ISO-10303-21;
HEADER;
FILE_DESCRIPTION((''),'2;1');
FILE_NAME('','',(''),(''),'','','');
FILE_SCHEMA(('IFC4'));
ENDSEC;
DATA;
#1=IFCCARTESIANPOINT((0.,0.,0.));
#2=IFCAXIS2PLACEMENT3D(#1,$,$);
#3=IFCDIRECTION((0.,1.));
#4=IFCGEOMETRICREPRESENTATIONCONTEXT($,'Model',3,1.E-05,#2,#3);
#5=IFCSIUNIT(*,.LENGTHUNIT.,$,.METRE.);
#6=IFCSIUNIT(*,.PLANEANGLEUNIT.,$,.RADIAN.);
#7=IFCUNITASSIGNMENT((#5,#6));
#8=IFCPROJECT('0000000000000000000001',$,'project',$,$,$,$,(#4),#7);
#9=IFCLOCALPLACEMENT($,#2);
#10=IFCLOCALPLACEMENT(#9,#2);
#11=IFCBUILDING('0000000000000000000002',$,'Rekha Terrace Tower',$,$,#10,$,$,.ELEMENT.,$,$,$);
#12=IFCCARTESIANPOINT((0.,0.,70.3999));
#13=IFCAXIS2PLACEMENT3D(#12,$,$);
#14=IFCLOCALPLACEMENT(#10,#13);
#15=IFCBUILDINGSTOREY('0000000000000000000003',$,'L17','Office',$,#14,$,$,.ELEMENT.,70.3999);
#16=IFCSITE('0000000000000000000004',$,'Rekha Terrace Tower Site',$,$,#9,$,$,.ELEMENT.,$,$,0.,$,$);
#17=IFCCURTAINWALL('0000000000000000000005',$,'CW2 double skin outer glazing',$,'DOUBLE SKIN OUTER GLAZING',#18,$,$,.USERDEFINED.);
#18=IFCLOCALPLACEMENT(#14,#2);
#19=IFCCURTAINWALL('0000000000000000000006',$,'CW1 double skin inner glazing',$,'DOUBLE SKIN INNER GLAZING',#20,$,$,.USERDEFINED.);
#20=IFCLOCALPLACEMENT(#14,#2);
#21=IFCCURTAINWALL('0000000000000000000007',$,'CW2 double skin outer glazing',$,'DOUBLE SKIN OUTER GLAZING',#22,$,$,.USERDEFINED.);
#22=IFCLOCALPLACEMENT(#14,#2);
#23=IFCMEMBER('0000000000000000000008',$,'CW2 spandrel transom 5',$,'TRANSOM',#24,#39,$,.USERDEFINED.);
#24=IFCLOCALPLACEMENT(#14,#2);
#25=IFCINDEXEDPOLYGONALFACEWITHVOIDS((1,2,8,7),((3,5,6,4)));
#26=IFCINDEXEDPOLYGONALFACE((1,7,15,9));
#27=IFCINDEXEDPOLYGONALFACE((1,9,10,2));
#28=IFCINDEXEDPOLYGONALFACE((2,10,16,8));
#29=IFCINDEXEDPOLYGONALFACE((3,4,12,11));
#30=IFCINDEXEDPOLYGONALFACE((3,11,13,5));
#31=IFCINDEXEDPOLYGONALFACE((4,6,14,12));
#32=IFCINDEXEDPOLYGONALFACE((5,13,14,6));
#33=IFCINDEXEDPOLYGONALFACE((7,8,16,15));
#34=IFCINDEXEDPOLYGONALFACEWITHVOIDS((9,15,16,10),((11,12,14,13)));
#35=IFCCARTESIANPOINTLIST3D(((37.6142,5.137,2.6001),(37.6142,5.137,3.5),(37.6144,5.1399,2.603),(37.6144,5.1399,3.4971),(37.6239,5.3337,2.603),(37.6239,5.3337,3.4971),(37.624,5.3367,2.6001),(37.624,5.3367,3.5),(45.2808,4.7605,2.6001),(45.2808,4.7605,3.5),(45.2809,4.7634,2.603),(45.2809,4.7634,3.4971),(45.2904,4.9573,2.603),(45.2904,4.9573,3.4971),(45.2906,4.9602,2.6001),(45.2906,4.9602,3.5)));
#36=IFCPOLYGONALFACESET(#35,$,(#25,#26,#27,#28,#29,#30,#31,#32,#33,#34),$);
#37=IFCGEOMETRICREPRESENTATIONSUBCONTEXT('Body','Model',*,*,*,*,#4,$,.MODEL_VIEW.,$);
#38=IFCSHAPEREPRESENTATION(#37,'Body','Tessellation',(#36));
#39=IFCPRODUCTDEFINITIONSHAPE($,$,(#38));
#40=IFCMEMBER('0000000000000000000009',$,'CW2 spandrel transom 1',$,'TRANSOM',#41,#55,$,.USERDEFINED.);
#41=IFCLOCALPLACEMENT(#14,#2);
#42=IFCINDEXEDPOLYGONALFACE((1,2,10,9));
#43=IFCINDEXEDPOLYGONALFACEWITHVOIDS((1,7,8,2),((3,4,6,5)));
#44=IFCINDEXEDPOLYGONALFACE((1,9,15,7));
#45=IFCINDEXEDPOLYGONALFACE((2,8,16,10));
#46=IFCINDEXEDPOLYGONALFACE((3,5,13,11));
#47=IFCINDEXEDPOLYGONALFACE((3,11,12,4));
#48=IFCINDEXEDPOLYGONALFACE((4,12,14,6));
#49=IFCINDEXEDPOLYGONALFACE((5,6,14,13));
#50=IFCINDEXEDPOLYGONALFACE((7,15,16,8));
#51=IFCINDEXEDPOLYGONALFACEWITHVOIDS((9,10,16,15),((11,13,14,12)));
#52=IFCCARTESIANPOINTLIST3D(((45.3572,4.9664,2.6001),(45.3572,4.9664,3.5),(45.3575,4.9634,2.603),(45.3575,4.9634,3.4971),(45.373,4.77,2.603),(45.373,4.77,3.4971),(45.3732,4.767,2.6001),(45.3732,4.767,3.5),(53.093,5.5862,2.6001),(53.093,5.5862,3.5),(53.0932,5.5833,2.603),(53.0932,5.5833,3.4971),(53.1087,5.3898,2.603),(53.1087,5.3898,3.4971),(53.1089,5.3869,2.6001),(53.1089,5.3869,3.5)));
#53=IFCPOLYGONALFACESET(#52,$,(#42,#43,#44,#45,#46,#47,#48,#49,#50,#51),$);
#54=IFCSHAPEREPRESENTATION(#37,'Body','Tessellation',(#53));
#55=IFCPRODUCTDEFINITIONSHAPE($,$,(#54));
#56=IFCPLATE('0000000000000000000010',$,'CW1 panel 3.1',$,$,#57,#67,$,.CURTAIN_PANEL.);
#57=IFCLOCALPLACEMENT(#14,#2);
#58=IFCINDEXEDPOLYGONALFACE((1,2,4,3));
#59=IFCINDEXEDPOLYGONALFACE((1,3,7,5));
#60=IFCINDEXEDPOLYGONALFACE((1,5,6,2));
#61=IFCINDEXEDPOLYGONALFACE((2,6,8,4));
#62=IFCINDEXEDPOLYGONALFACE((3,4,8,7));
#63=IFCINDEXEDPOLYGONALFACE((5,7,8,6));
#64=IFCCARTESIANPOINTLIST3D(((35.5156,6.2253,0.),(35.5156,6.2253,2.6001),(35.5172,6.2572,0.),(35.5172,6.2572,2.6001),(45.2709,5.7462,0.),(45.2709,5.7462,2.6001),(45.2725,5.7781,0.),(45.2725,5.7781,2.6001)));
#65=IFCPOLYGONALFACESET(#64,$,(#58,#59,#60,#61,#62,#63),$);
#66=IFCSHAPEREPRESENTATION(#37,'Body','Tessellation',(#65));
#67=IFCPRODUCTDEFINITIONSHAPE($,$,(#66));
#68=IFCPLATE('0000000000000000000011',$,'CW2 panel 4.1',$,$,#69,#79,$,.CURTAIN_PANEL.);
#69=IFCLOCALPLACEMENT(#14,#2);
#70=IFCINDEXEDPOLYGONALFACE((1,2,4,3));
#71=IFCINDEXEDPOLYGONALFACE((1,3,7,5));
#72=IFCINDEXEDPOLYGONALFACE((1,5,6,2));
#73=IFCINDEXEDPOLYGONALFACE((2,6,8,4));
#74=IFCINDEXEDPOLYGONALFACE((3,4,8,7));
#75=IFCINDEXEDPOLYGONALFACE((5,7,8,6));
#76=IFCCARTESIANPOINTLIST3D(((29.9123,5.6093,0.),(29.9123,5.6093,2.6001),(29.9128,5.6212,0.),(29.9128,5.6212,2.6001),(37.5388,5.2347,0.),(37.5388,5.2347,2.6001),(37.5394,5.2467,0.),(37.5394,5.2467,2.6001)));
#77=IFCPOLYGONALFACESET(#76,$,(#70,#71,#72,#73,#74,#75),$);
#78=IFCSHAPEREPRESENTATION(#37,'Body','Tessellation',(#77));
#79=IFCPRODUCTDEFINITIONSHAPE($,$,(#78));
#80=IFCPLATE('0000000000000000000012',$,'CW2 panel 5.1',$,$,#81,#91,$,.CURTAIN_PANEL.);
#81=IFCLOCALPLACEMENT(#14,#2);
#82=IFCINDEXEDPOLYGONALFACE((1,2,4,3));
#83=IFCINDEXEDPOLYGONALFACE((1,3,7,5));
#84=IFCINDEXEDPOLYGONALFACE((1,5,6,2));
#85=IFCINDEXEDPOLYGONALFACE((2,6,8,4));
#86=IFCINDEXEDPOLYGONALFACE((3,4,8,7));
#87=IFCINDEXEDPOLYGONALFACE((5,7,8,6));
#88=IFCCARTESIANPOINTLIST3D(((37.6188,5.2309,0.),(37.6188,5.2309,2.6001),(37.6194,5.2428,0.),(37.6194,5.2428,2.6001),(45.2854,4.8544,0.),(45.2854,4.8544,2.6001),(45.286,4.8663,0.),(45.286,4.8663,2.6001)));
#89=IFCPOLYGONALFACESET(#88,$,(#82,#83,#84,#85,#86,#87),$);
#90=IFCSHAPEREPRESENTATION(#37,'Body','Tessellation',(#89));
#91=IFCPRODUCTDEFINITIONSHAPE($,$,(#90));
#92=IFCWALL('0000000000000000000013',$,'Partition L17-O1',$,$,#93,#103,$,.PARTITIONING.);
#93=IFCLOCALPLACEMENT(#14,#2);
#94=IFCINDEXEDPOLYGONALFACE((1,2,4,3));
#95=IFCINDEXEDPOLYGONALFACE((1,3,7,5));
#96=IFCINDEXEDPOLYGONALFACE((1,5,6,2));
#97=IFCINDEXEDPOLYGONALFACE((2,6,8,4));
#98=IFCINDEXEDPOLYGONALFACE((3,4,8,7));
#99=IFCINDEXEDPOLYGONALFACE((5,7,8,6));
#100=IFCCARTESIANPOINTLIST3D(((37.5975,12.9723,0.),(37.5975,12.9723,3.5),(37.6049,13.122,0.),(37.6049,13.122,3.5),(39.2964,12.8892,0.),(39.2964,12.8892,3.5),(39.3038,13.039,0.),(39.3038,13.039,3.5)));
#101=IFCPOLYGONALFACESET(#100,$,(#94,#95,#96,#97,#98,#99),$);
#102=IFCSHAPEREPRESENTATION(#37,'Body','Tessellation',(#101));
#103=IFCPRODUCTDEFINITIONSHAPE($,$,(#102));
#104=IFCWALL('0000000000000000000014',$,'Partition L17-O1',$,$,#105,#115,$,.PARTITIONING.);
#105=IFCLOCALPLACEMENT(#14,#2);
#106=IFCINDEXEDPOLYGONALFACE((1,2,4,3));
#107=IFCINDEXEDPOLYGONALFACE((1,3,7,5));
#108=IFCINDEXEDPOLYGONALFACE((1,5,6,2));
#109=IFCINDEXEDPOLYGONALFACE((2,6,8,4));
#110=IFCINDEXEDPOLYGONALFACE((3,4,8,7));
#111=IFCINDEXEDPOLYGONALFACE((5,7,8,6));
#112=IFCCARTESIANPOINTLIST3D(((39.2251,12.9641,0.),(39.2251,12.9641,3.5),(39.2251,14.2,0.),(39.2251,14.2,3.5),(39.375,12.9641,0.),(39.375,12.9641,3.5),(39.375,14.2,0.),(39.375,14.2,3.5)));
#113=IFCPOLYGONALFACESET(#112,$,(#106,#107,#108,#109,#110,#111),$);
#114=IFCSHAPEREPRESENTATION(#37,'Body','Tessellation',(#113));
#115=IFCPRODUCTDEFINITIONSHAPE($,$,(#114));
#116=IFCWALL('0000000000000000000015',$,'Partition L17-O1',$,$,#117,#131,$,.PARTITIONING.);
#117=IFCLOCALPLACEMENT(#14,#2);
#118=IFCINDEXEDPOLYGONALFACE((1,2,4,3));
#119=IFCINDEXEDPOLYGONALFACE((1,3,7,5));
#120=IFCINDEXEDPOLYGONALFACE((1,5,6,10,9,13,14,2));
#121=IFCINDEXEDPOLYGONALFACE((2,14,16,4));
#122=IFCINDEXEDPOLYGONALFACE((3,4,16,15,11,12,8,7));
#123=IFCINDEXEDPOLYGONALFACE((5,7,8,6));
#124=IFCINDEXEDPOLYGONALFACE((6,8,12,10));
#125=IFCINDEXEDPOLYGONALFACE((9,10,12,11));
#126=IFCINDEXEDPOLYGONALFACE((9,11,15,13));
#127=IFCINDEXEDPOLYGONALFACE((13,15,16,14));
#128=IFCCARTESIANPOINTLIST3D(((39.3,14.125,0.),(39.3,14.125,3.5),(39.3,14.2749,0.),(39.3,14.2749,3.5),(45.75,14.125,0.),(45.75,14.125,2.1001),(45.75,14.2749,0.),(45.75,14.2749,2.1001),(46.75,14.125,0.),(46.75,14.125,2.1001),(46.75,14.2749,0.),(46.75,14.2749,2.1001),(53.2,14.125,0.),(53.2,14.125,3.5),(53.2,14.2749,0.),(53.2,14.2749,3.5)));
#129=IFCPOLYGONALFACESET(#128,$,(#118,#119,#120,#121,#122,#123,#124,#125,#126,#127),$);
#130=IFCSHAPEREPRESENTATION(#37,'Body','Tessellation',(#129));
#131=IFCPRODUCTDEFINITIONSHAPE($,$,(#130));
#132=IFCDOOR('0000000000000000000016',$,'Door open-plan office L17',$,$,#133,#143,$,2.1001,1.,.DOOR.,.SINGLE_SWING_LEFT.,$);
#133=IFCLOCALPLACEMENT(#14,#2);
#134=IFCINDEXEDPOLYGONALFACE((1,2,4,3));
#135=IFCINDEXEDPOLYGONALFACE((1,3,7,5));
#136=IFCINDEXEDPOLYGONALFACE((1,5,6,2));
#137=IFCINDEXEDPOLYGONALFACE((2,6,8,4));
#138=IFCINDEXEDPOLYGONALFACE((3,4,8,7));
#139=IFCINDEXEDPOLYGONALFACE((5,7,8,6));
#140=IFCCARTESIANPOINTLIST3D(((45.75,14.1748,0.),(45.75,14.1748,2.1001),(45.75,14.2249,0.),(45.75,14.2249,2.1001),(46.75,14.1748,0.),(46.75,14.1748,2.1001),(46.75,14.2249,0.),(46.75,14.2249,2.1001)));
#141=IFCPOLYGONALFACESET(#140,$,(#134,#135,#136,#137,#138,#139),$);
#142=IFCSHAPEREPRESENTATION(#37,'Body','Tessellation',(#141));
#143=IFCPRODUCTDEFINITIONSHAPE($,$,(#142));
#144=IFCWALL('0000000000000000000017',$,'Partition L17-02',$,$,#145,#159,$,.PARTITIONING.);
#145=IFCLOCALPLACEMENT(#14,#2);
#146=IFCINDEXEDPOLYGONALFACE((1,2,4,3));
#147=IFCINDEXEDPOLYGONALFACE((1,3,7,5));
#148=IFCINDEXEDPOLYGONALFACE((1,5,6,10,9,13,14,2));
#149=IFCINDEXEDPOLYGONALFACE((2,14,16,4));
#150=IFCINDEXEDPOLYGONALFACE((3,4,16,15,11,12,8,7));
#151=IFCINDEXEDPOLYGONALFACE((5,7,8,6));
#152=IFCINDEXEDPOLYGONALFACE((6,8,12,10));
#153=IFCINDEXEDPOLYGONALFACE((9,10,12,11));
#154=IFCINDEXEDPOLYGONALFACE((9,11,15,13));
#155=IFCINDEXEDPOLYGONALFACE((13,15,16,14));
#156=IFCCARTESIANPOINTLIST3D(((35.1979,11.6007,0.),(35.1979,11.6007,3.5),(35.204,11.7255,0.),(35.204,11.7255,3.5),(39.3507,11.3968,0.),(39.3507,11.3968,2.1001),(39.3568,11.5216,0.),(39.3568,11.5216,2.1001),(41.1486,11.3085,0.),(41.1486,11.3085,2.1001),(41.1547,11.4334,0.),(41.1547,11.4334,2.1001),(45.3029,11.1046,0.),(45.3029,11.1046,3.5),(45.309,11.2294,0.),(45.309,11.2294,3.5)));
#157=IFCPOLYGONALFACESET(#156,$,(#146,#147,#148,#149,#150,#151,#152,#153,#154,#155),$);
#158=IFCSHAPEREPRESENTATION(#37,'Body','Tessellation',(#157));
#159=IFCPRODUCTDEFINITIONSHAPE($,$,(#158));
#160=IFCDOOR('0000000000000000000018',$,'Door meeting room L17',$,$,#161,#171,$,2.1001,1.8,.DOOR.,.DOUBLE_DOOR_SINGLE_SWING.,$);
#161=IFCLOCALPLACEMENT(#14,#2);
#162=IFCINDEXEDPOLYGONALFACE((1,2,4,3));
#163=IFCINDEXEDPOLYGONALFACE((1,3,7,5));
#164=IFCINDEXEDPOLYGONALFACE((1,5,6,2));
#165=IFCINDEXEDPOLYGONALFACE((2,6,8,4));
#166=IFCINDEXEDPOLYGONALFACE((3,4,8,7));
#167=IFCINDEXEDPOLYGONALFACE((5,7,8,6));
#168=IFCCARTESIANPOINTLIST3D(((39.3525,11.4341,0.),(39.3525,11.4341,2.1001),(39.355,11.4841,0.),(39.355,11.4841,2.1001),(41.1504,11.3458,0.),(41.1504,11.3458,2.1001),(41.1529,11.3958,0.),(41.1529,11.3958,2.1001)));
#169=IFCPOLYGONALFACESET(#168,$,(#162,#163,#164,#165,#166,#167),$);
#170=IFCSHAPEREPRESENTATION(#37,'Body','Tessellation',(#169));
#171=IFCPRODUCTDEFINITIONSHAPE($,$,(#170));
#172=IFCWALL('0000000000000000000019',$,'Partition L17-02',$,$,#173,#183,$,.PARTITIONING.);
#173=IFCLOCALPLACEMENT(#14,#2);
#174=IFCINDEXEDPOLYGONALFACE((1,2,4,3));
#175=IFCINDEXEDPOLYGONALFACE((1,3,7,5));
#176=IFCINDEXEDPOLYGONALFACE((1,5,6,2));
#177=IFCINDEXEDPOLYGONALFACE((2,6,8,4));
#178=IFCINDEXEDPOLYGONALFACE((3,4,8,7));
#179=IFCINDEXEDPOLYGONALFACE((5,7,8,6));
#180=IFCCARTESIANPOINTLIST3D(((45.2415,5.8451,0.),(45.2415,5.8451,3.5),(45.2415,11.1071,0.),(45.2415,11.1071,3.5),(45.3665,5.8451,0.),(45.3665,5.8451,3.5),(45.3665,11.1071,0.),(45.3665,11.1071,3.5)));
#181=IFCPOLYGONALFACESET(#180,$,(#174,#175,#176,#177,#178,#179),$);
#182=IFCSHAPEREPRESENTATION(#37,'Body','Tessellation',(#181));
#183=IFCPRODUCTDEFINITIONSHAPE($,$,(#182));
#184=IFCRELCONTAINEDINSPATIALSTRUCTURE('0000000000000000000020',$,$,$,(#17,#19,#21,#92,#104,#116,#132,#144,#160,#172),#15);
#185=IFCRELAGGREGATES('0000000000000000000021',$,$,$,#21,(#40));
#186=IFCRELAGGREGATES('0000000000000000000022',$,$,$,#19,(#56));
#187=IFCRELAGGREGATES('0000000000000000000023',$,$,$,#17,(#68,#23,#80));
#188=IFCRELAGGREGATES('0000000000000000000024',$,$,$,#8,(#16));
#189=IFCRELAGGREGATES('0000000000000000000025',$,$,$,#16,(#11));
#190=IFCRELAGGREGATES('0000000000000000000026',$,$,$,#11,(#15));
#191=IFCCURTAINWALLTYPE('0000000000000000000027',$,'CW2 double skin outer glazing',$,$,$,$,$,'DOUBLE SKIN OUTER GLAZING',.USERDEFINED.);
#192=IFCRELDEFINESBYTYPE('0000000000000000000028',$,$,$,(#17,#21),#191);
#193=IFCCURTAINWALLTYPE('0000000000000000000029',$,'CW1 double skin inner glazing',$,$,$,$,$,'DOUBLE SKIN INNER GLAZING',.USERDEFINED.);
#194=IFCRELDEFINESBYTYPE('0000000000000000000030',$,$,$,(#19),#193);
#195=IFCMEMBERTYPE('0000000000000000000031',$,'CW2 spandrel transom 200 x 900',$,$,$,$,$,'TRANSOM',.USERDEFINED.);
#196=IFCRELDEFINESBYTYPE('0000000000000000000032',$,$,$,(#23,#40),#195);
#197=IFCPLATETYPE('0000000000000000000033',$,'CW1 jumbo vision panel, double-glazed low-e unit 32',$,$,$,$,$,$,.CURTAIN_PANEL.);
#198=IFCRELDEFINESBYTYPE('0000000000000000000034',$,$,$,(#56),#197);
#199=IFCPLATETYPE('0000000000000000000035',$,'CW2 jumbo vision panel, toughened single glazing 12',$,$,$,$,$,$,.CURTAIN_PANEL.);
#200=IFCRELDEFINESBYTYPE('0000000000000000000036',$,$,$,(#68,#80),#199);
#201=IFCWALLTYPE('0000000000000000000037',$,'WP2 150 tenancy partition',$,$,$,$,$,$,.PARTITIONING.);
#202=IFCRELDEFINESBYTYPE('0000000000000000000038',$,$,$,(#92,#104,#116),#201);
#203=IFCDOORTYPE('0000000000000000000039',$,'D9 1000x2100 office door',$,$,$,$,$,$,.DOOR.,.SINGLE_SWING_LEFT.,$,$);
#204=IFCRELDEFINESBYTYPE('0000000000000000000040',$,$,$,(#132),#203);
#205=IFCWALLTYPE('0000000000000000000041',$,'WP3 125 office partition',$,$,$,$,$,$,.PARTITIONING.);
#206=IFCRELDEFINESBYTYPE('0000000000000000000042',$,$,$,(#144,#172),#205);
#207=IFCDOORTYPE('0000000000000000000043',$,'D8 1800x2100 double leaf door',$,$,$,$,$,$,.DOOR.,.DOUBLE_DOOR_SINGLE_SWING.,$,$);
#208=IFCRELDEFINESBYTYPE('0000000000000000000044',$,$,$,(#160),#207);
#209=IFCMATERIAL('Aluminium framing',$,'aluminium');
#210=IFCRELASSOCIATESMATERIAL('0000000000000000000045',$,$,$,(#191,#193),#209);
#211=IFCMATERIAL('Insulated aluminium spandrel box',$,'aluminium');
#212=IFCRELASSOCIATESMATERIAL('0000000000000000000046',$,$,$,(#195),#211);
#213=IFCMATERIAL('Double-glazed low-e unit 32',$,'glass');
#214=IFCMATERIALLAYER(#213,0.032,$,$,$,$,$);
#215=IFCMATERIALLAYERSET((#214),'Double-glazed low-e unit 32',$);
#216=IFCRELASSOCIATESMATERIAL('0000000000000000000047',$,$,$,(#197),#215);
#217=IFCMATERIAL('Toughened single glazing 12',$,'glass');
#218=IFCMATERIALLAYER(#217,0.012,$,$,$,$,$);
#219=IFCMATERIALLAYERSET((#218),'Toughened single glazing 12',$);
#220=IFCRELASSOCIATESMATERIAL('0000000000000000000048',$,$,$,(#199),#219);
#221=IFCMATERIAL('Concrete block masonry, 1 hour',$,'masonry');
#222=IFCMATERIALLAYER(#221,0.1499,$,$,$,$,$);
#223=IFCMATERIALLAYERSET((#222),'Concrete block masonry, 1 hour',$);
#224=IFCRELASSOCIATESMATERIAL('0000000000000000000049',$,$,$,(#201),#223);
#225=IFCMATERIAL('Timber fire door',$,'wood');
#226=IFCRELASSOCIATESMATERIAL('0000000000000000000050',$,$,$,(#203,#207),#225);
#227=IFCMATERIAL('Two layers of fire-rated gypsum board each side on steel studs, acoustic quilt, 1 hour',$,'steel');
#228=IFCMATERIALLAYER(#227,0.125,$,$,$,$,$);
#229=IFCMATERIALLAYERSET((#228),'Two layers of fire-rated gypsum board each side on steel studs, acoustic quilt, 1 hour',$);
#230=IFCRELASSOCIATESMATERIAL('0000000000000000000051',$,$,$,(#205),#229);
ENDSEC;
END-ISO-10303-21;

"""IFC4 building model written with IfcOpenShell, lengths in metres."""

from ifc_helpers import new_model, si_unit, direction, frame, frame_2d, origin, origin_2d, place, context, subcontext, project, spatial, rectangle, hollow_rectangle, extrude, material, layer, layer_set, material_profile, profile_set, type_object, element, fill, aggregate, save


model = new_model("IFC4")

# Units and contexts
model_context = context("Model", 3, precision=1e-05, world=origin(), true_north=direction((0.0, 1.0)))
body_context = subcontext(model_context, "Body", "Model", "MODEL_VIEW")
ifc_project = project(units=[si_unit("LENGTHUNIT", "METRE"), si_unit("PLANEANGLEUNIT", "RADIAN")], contexts=[model_context])

# Site, building, storey
site_placement = place(None, origin())
site = spatial("IfcSite", under=ifc_project, at=site_placement, Name="Rekha Terrace Tower Site", CompositionType="ELEMENT", RefElevation=0.0)
building_placement = place(site_placement, origin())
building = spatial("IfcBuilding", under=site, at=building_placement, Name="Rekha Terrace Tower", CompositionType="ELEMENT")
storey_placement = place(building_placement, frame((0.0, 0.0, 70.3999)))
storey = spatial("IfcBuildingStorey", under=building, at=storey_placement, Name="L17", Description="Office", CompositionType="ELEMENT", Elevation=70.3999)

# Curtain walls
ifc_material_1 = material(Name="Aluminium framing", Category="aluminium")
curtain_wall_type_1 = type_object("IfcCurtainWallType", Name="CW2 double skin outer glazing", ElementType="DOUBLE SKIN OUTER GLAZING", PredefinedType="USERDEFINED", material=ifc_material_1)
curtain_wall_1_placement = place(storey_placement, origin())
curtain_wall_1 = element("IfcCurtainWall", 1, at=curtain_wall_1_placement, inside=storey, type_object=curtain_wall_type_1, Name="CW2 double skin outer glazing", ObjectType="DOUBLE SKIN OUTER GLAZING", PredefinedType="USERDEFINED")
curtain_wall_type_2 = type_object("IfcCurtainWallType", Name="CW1 double skin inner glazing", ElementType="DOUBLE SKIN INNER GLAZING", PredefinedType="USERDEFINED", material=ifc_material_1)
curtain_wall_2_placement = place(storey_placement, origin())
curtain_wall_2 = element("IfcCurtainWall", 2, at=curtain_wall_2_placement, inside=storey, type_object=curtain_wall_type_2, Name="CW1 double skin inner glazing", ObjectType="DOUBLE SKIN INNER GLAZING", PredefinedType="USERDEFINED")

# Shared definitions
ifc_material_2 = material(Name="Insulated aluminium spandrel box", Category="aluminium")

# Curtain wall
curtain_wall_3_placement = place(storey_placement, origin())
curtain_wall_3 = element("IfcCurtainWall", 3, at=curtain_wall_3_placement, inside=storey, type_object=curtain_wall_type_1, Name="CW2 double skin outer glazing", ObjectType="DOUBLE SKIN OUTER GLAZING", PredefinedType="USERDEFINED")

# Members
ifc_material_profile_1 = material_profile(ifc_material_2, hollow_rectangle(XDim=0.2, YDim=0.8999, WallThickness=0.0029, at=origin_2d()), Name="AL SPANDREL BOX 200x900")
ifc_profile_set_1 = profile_set([ifc_material_profile_1], Name="Insulated aluminium spandrel box")
member_type_1 = type_object("IfcMemberType", Name="CW2 spandrel transom 200 x 900", ElementType="TRANSOM", PredefinedType="USERDEFINED", material=ifc_profile_set_1)
member_1_placement = place(storey_placement, frame((37.6191, 5.2368, 3.05), z_axis=(0.998797, -0.049046, 0.0), x_axis=(0.049046, 0.998797, 0.0)))
member_1 = element("IfcMember", 4, at=member_1_placement, type_object=member_type_1, Name="CW2 spandrel transom 5", ObjectType="TRANSOM", PredefinedType="USERDEFINED", context=body_context, shape_type="SweptSolid", body=[
    extrude(hollow_rectangle(XDim=0.2, YDim=0.8999, WallThickness=0.0029, at=origin_2d()), origin(), (0.0, 0.0, 1.0), 7.6758),
])
member_2_placement = place(storey_placement, frame((45.3652, 4.8667, 3.05), z_axis=(0.996805, 0.079877, 0.0), x_axis=(-0.079877, 0.996805, 0.0)))
member_2 = element("IfcMember", 5, at=member_2_placement, type_object=member_type_1, Name="CW2 spandrel transom 1", ObjectType="TRANSOM", PredefinedType="USERDEFINED", context=body_context, shape_type="SweptSolid", body=[
    extrude(hollow_rectangle(XDim=0.2, YDim=0.8999, WallThickness=0.0029, at=origin_2d()), origin(), (0.0, 0.0, 1.0), 7.7605),
])
aggregate(curtain_wall_3, [member_2])

# Plates
ifc_material_3 = material(Name="Double-glazed low-e unit 32", Category="glass")
ifc_layer_1 = layer(ifc_material_3, 0.032)
ifc_layer_set_1 = layer_set([ifc_layer_1], Name="Double-glazed low-e unit 32")
plate_type_1 = type_object("IfcPlateType", Name="CW1 jumbo vision panel, double-glazed low-e unit 32", PredefinedType="CURTAIN_PANEL", material=ifc_layer_set_1)
plate_1_placement = place(storey_placement, frame((40.394, 6.0017, 0.0), z_axis=(0.0, 0.0, 1.0), x_axis=(0.998796, -0.049052, 0.0)))
plate_1 = element("IfcPlate", 6, at=plate_1_placement, type_object=plate_type_1, Name="CW1 panel 3.1", PredefinedType="CURTAIN_PANEL", context=body_context, shape_type="SweptSolid", body=[
    extrude(rectangle(XDim=9.7671, YDim=0.032, at=origin_2d()), origin(), (0.0, 0.0, 1.0), 2.6001),
])
aggregate(curtain_wall_2, [plate_1])
ifc_material_4 = material(Name="Toughened single glazing 12", Category="glass")
ifc_layer_2 = layer(ifc_material_4, 0.012)
ifc_layer_set_2 = layer_set([ifc_layer_2], Name="Toughened single glazing 12")
plate_type_2 = type_object("IfcPlateType", Name="CW2 jumbo vision panel, toughened single glazing 12", PredefinedType="CURTAIN_PANEL", material=ifc_layer_set_2)
plate_2_placement = place(storey_placement, frame((33.7258, 5.428, 0.0), z_axis=(0.0, 0.0, 1.0), x_axis=(0.998796, -0.049052, 0.0)))
plate_2 = element("IfcPlate", 7, at=plate_2_placement, type_object=plate_type_2, Name="CW2 panel 4.1", PredefinedType="CURTAIN_PANEL", context=body_context, shape_type="SweptSolid", body=[
    extrude(rectangle(XDim=7.6357, YDim=0.012, at=origin_2d()), origin(), (0.0, 0.0, 1.0), 2.6001),
])
plate_3_placement = place(storey_placement, frame((41.4524, 5.0486, 0.0), z_axis=(0.0, 0.0, 1.0), x_axis=(0.998796, -0.049052, 0.0)))
plate_3 = element("IfcPlate", 8, at=plate_3_placement, type_object=plate_type_2, Name="CW2 panel 5.1", PredefinedType="CURTAIN_PANEL", context=body_context, shape_type="SweptSolid", body=[
    extrude(rectangle(XDim=7.6758, YDim=0.012, at=origin_2d()), origin(), (0.0, 0.0, 1.0), 2.6001),
])
aggregate(curtain_wall_1, [plate_2, member_1, plate_3])

# Walls
ifc_material_5 = material(Name="Concrete block masonry, 1 hour", Category="masonry")
ifc_layer_3 = layer(ifc_material_5, 0.1499)
ifc_layer_set_3 = layer_set([ifc_layer_3], Name="Concrete block masonry, 1 hour")
wall_type_1 = type_object("IfcWallType", Name="WP2 150 tenancy partition", PredefinedType="PARTITIONING", material=ifc_layer_set_3)
wall_1_placement = place(storey_placement, frame((37.6011, 13.0471, 0.0), z_axis=(0.0, 0.0, 1.0), x_axis=(0.998809, -0.048799, 0.0)))
element("IfcWall", 9, at=wall_1_placement, inside=storey, type_object=wall_type_1, Name="Partition L17-O1", PredefinedType="PARTITIONING", context=body_context, shape_type="SweptSolid", body=[
    extrude(rectangle(XDim=1.7009, YDim=0.1499, at=frame_2d((0.8506, 0.0))), origin(), (0.0, 0.0, 1.0), 3.5),
])
wall_2_placement = place(storey_placement, frame((39.3, 12.9641, 0.0), z_axis=(0.0, 0.0, 1.0), x_axis=(0.0, 1.0, 0.0)))
element("IfcWall", 10, at=wall_2_placement, inside=storey, type_object=wall_type_1, Name="Partition L17-O1", PredefinedType="PARTITIONING", context=body_context, shape_type="SweptSolid", body=[
    extrude(rectangle(XDim=1.2358, YDim=0.1499, at=frame_2d((0.6179, 0.0))), origin(), (0.0, 0.0, 1.0), 3.5),
])

# Walls, openings, doors
wall_3_placement = place(storey_placement, frame((39.3, 14.2, 0.0), z_axis=(0.0, 0.0, 1.0), x_axis=(1.0, 0.0, 0.0)))
wall_3 = element("IfcWall", 11, at=wall_3_placement, inside=storey, type_object=wall_type_1, Name="Partition L17-O1", PredefinedType="PARTITIONING", context=body_context, shape_type="SweptSolid", body=[
    extrude(rectangle(XDim=13.8999, YDim=0.1499, at=frame_2d((6.95, 0.0))), origin(), (0.0, 0.0, 1.0), 3.5),
])
opening_1_placement = place(wall_3_placement, frame((6.45, 0.0, 0.0)))
opening_1 = element("IfcOpeningElement", 12, at=opening_1_placement, cuts=wall_3, PredefinedType="OPENING", context=body_context, shape_type="SweptSolid", body=[
    extrude(rectangle(XDim=1.0, YDim=2.1001, at=frame_2d((0.5, 1.05))), frame((0.0, 0.085, 0.0), z_axis=(0.0, -1.0, 0.0), x_axis=(1.0, 0.0, 0.0)), (0.0, 0.0, 1.0), 0.1699),
])
ifc_material_6 = material(Name="Timber fire door", Category="wood")
door_type_1 = type_object("IfcDoorType", Name="D9 1000x2100 office door", OperationType="SINGLE_SWING_LEFT", PredefinedType="DOOR", material=ifc_material_6)
door_1_placement = place(opening_1_placement, origin())
door_1 = element("IfcDoor", 13, at=door_1_placement, inside=storey, type_object=door_type_1, Name="Door open-plan office L17", OperationType="SINGLE_SWING_LEFT", OverallHeight=2.1001, OverallWidth=1.0, PredefinedType="DOOR", context=body_context, shape_type="SweptSolid", body=[
    extrude(rectangle(XDim=1.0, YDim=2.1001, at=frame_2d((0.5, 1.05))), frame((0.0, 0.0249, 0.0), z_axis=(0.0, -1.0, 0.0), x_axis=(1.0, 0.0, 0.0)), (0.0, 0.0, 1.0), 0.05),
])
fill(opening_1, door_1)
ifc_material_7 = material(Name="Two layers of fire-rated gypsum board each side on steel studs, acoustic quilt, 1 hour", Category="steel")
ifc_layer_4 = layer(ifc_material_7, 0.125)
ifc_layer_set_4 = layer_set([ifc_layer_4], Name="Two layers of fire-rated gypsum board each side on steel studs, acoustic quilt, 1 hour")
wall_type_2 = type_object("IfcWallType", Name="WP3 125 office partition", PredefinedType="PARTITIONING", material=ifc_layer_set_4)
wall_4_placement = place(storey_placement, frame((35.2009, 11.6631, 0.0), z_axis=(0.0, 0.0, 1.0), x_axis=(0.998797, -0.049035, 0.0)))
wall_4 = element("IfcWall", 14, at=wall_4_placement, inside=storey, type_object=wall_type_2, Name="Partition L17-02", PredefinedType="PARTITIONING", context=body_context, shape_type="SweptSolid", body=[
    extrude(rectangle(XDim=10.1172, YDim=0.125, at=frame_2d((5.0586, 0.0))), origin(), (0.0, 0.0, 1.0), 3.5),
])
opening_2_placement = place(wall_4_placement, frame((4.158, 0.0, 0.0)))
opening_2 = element("IfcOpeningElement", 15, at=opening_2_placement, cuts=wall_4, PredefinedType="OPENING", context=body_context, shape_type="SweptSolid", body=[
    extrude(rectangle(XDim=1.8, YDim=2.1001, at=frame_2d((0.8999, 1.05))), frame((0.0, 0.0725, 0.0), z_axis=(0.0, -1.0, 0.0), x_axis=(1.0, 0.0, 0.0)), (0.0, 0.0, 1.0), 0.145),
])
door_type_2 = type_object("IfcDoorType", Name="D8 1800x2100 double leaf door", OperationType="DOUBLE_DOOR_SINGLE_SWING", PredefinedType="DOOR", material=ifc_material_6)
door_2_placement = place(opening_2_placement, origin())
door_2 = element("IfcDoor", 16, at=door_2_placement, inside=storey, type_object=door_type_2, Name="Door meeting room L17", OperationType="DOUBLE_DOOR_SINGLE_SWING", OverallHeight=2.1001, OverallWidth=1.8, PredefinedType="DOOR", context=body_context, shape_type="SweptSolid", body=[
    extrude(rectangle(XDim=1.8, YDim=2.1001, at=frame_2d((0.8999, 1.05))), frame((0.0, 0.0249, 0.0), z_axis=(0.0, -1.0, 0.0), x_axis=(1.0, 0.0, 0.0)), (0.0, 0.0, 1.0), 0.05),
])
fill(opening_2, door_2)

# Wall
wall_5_placement = place(storey_placement, frame((45.304, 11.1069, 0.0), z_axis=(0.0, 0.0, 1.0), x_axis=(0.0, -1.0, 0.0)))
element("IfcWall", 17, at=wall_5_placement, inside=storey, type_object=wall_type_2, Name="Partition L17-02", PredefinedType="PARTITIONING", context=body_context, shape_type="SweptSolid", body=[
    extrude(rectangle(XDim=5.262, YDim=0.125, at=frame_2d((2.6309, 0.0))), origin(), (0.0, 0.0, 1.0), 3.5),
])

save(model, "model.ifc")
